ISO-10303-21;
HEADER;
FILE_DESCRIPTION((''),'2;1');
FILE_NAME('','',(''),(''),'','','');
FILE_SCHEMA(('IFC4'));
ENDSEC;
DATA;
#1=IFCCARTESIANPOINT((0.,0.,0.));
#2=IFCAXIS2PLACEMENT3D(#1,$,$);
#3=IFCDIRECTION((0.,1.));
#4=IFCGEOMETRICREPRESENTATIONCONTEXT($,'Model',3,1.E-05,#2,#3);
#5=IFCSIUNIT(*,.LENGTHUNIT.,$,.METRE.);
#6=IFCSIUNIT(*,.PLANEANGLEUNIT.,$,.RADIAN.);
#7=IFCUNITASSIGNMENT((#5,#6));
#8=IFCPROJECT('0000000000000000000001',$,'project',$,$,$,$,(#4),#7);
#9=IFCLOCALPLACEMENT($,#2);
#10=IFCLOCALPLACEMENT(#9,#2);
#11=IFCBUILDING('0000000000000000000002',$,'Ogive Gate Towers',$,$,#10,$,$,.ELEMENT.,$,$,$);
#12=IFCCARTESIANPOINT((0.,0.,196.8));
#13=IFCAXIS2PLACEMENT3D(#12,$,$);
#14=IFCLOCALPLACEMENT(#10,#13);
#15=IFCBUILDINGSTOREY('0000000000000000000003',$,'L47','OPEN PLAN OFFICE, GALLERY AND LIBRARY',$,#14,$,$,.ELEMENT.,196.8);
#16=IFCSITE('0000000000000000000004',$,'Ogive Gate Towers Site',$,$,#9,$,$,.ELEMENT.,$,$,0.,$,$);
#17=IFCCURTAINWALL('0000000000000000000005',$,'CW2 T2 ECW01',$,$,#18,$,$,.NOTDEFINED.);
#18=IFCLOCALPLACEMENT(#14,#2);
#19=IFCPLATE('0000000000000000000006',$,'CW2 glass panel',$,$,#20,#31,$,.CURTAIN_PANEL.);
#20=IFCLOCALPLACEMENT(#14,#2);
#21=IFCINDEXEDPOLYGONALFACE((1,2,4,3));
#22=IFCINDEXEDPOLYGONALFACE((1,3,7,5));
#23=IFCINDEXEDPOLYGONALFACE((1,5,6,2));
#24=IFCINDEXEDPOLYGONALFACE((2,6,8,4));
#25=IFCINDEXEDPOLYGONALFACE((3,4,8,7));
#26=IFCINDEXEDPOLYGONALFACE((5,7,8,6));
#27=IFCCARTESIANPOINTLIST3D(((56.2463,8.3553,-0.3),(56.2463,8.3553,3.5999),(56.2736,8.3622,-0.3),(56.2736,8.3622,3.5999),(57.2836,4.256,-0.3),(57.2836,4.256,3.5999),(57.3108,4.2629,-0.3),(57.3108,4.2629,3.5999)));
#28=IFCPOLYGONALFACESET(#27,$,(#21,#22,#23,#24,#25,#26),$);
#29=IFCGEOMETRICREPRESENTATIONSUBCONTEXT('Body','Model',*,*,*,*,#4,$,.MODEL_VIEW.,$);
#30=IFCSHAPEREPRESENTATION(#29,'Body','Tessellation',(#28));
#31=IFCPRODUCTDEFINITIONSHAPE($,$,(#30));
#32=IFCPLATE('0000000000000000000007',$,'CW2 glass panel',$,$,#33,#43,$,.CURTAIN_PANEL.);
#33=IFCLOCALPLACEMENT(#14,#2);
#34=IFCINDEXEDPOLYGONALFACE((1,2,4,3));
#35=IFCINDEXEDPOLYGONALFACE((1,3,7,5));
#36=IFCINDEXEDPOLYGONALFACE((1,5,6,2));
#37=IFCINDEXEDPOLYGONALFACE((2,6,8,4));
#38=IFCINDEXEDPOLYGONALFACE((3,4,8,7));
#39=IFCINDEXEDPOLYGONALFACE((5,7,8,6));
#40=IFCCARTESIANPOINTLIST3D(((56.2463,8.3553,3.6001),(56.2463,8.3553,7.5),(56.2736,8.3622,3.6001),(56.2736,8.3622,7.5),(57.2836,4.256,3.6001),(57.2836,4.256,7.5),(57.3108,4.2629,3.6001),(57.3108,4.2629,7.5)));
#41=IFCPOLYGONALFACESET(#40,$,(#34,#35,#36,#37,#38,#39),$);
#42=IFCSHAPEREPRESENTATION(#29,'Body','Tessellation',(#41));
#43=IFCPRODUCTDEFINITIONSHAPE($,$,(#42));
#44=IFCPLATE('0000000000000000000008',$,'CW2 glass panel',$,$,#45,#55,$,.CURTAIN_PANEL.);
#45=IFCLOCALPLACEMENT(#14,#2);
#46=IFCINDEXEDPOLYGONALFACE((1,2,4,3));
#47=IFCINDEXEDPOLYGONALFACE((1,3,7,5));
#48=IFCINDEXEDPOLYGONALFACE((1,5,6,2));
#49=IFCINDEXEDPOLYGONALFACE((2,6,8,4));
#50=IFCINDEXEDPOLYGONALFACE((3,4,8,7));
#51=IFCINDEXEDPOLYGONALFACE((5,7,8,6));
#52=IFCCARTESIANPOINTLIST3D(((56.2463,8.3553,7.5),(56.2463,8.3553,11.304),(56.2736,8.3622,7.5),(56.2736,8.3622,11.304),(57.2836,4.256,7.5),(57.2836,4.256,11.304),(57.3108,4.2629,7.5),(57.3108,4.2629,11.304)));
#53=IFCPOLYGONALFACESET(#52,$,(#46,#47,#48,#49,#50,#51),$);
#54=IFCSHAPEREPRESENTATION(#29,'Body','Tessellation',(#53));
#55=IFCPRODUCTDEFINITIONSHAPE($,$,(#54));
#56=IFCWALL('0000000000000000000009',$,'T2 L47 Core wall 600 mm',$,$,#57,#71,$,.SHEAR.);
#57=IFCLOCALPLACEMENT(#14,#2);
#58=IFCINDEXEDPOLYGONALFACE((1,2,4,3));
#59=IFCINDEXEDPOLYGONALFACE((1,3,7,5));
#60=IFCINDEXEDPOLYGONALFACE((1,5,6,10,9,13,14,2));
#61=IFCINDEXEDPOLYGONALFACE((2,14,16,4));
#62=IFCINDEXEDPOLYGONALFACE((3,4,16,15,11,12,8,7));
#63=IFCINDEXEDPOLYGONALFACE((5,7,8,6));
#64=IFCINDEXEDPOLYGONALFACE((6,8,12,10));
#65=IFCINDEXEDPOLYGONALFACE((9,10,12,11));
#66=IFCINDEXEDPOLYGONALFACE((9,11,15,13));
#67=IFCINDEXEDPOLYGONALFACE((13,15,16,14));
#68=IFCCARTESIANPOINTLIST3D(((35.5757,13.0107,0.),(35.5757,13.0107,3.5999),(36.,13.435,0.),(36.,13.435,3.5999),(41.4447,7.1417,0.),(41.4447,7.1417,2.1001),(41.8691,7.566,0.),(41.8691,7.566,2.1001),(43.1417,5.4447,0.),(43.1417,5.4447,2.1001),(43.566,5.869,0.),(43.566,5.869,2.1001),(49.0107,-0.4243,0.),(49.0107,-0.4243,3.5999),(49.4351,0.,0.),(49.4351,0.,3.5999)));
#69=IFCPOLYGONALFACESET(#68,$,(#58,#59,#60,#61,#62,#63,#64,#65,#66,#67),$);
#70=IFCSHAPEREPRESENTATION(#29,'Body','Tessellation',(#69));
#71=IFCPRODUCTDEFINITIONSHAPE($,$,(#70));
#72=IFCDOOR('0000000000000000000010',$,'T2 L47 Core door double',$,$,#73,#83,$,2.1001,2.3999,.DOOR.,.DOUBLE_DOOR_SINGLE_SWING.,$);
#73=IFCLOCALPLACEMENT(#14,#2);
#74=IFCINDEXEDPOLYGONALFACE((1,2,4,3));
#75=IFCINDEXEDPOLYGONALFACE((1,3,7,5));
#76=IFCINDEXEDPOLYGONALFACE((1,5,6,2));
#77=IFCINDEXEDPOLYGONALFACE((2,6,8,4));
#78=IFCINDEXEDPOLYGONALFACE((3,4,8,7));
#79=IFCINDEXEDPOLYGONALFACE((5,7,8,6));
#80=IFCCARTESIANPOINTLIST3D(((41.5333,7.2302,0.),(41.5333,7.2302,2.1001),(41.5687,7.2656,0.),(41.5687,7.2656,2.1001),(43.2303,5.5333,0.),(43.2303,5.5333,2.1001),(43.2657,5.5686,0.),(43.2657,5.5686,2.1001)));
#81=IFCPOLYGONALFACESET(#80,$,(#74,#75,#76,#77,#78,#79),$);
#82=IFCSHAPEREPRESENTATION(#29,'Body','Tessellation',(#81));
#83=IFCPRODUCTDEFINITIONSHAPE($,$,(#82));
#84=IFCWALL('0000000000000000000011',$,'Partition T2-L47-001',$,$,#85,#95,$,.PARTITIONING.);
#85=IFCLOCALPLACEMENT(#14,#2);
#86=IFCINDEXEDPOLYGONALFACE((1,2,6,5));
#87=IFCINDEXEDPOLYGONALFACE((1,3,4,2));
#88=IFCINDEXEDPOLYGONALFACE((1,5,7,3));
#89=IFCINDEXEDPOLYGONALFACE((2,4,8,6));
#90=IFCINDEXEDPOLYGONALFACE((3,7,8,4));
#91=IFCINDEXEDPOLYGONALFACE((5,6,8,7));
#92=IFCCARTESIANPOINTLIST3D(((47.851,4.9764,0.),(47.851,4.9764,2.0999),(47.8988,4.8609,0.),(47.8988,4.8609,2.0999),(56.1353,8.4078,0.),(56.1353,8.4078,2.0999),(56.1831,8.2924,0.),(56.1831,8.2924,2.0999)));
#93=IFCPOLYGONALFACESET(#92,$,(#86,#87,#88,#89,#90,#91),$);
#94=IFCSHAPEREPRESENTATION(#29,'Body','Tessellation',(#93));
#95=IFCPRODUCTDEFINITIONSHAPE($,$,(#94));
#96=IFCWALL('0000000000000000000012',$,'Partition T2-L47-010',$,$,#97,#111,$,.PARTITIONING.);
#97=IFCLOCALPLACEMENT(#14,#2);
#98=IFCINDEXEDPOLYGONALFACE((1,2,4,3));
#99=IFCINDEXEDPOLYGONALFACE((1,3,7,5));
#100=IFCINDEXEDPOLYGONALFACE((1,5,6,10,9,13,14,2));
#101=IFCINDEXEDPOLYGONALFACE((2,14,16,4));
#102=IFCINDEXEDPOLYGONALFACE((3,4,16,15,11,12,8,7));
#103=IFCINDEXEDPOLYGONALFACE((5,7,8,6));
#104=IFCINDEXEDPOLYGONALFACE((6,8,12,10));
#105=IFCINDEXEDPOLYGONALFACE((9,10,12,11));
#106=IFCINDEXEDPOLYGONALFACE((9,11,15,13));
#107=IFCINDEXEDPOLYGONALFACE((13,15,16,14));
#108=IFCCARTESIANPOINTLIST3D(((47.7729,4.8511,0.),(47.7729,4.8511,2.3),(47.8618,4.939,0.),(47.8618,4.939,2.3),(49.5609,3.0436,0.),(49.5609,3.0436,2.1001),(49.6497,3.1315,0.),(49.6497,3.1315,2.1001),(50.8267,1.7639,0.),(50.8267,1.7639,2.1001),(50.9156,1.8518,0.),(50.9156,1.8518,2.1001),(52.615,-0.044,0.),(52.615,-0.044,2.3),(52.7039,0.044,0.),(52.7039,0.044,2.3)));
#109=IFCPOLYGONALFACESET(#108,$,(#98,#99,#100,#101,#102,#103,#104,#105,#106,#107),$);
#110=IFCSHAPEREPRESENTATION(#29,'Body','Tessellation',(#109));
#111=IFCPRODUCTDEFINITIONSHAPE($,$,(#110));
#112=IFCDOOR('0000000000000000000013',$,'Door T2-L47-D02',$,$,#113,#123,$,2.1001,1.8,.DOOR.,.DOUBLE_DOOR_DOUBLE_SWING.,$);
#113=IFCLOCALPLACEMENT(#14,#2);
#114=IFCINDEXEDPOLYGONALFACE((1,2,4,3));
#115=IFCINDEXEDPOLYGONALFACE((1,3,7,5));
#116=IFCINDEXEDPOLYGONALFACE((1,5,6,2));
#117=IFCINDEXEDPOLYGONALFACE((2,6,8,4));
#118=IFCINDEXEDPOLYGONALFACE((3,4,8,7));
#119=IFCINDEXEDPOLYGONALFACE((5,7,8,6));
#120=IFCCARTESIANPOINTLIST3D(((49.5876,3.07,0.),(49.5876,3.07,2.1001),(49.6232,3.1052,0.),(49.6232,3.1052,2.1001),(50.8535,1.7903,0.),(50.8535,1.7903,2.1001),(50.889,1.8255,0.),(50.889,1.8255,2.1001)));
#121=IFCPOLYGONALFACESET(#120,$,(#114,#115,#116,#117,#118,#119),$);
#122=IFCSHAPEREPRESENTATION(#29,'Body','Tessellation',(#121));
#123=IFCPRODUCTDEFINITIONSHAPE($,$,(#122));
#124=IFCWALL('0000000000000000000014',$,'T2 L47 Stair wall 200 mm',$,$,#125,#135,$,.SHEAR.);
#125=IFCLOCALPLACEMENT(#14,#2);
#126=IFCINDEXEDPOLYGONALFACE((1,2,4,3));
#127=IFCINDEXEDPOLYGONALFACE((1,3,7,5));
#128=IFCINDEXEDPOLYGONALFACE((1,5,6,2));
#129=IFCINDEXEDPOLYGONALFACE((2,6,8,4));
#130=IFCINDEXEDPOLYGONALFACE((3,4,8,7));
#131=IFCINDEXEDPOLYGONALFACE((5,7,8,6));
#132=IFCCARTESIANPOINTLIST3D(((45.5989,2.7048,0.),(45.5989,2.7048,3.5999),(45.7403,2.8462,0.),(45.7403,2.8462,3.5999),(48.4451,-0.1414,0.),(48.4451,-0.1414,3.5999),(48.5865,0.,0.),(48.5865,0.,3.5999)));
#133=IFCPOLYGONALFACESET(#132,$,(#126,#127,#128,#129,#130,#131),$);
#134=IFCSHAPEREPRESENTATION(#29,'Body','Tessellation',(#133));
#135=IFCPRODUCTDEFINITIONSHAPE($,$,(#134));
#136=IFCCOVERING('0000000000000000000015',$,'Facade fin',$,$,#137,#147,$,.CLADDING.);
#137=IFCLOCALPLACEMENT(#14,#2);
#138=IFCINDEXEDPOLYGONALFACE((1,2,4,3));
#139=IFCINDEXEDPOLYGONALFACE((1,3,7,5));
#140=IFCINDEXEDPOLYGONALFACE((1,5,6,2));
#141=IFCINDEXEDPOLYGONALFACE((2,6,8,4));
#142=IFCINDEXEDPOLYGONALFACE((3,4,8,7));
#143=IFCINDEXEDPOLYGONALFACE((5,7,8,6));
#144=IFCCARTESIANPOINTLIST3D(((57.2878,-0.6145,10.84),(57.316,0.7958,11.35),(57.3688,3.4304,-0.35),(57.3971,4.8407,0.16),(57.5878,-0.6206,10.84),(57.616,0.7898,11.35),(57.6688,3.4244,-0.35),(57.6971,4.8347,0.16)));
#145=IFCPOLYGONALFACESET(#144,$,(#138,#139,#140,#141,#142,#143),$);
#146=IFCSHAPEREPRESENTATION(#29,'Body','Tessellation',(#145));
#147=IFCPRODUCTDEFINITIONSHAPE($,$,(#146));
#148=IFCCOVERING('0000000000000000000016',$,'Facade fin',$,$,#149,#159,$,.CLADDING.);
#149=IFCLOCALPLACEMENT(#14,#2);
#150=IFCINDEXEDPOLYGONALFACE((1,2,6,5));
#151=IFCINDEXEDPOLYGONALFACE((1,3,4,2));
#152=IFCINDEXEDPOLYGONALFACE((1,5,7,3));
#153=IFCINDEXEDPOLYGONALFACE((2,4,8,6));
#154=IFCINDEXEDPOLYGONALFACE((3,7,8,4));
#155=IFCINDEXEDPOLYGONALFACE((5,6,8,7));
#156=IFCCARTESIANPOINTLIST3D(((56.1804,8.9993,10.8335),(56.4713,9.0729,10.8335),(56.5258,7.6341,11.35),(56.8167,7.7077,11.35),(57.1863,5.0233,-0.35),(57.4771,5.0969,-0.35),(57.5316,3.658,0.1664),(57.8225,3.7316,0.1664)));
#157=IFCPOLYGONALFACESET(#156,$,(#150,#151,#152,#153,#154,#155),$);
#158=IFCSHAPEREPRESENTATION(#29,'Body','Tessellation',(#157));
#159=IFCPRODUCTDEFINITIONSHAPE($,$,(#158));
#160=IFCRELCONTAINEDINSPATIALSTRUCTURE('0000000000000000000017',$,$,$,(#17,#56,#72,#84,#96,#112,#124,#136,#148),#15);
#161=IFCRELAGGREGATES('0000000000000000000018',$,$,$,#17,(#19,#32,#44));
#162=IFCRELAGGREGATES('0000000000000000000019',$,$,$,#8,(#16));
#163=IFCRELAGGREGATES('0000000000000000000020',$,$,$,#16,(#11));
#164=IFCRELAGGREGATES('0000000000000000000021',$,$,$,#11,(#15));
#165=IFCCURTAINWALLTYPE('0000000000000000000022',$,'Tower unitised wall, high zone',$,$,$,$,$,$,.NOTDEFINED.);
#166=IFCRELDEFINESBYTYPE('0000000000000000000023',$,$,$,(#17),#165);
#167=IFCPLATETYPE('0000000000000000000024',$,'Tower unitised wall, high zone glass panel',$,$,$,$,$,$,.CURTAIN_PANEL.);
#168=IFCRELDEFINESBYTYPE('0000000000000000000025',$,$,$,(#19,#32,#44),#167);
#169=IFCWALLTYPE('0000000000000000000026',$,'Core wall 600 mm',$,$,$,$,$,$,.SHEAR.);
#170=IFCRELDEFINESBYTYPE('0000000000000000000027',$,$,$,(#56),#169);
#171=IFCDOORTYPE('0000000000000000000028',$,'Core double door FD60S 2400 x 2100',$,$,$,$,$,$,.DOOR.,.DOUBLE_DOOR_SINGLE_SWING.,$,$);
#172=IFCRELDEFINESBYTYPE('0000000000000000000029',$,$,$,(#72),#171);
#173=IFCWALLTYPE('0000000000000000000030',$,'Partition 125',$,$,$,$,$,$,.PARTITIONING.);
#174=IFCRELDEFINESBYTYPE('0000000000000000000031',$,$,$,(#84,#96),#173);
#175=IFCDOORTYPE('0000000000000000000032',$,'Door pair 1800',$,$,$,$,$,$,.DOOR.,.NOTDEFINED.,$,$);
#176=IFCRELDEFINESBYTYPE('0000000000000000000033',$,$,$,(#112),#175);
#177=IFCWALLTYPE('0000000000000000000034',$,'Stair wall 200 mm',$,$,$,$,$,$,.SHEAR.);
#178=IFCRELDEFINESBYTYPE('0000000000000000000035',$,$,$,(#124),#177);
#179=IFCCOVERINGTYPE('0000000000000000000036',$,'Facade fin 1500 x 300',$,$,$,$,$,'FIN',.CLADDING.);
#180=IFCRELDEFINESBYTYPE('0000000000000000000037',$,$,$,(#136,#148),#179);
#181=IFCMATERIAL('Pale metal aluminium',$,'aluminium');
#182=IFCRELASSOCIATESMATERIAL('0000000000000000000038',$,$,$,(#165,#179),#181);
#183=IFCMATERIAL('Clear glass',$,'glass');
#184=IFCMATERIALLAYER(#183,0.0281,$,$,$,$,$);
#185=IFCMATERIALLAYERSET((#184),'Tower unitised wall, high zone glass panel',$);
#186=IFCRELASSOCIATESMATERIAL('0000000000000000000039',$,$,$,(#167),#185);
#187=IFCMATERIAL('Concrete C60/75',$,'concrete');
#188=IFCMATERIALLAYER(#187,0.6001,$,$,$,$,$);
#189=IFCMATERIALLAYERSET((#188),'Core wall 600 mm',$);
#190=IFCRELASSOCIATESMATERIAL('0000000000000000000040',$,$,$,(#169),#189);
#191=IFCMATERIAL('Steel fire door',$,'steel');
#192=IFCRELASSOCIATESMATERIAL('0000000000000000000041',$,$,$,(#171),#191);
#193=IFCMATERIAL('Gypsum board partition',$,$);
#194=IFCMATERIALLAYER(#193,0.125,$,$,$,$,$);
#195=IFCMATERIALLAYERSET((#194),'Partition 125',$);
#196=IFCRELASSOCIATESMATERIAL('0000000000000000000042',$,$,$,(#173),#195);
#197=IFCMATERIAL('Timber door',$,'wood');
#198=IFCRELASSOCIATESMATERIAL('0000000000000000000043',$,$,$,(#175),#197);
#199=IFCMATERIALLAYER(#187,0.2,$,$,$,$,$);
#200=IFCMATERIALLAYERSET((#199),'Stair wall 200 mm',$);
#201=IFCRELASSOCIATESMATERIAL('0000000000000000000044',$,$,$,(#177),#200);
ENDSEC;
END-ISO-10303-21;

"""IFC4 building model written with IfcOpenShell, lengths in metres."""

from ifc_helpers import new_model, si_unit, direction, frame, frame_2d, origin, origin_2d, place, context, subcontext, project, spatial, rectangle, extrude, material, layer, layer_set, material_profile, profile_set, type_object, element, fill, aggregate, save


model = new_model("IFC4")

# Units and contexts
model_context = context("Model", 3, precision=1e-05, world=origin(), true_north=direction((0.0, 1.0)))
body_context = subcontext(model_context, "Body", "Model", "MODEL_VIEW")
ifc_project = project(units=[si_unit("LENGTHUNIT", "METRE"), si_unit("PLANEANGLEUNIT", "RADIAN")], contexts=[model_context])

# Site, building, storey
site_placement = place(None, origin())
site = spatial("IfcSite", under=ifc_project, at=site_placement, Name="Ogive Gate Towers Site", CompositionType="ELEMENT", RefElevation=0.0)
building_placement = place(site_placement, origin())
building = spatial("IfcBuilding", under=site, at=building_placement, Name="Ogive Gate Towers", CompositionType="ELEMENT")
storey_placement = place(building_placement, frame((0.0, 0.0, 196.8)))
storey = spatial("IfcBuildingStorey", under=building, at=storey_placement, Name="L47", Description="OPEN PLAN OFFICE, GALLERY AND LIBRARY", CompositionType="ELEMENT", Elevation=196.8)

# Curtain wall, plates
ifc_material_1 = material(Name="Pale metal aluminium", Category="aluminium")
curtain_wall_type = type_object("IfcCurtainWallType", Name="Tower unitised wall, high zone", PredefinedType="NOTDEFINED", material=ifc_material_1)
curtain_wall_placement = place(storey_placement, origin())
curtain_wall = element("IfcCurtainWall", 1, at=curtain_wall_placement, inside=storey, type_object=curtain_wall_type, Name="CW2 T2 ECW01", PredefinedType="NOTDEFINED")
ifc_material_2 = material(Name="Clear glass", Category="glass")
ifc_layer_1 = layer(ifc_material_2, 0.0281)
ifc_layer_set_1 = layer_set([ifc_layer_1], Name="Tower unitised wall, high zone glass panel")
plate_type = type_object("IfcPlateType", Name="Tower unitised wall, high zone glass panel", PredefinedType="CURTAIN_PANEL", material=ifc_layer_set_1)
plate_1_placement = place(storey_placement, frame((56.7786, 6.3091, -0.3), z_axis=(0.0, 0.0, 1.0), x_axis=(-0.24529, 0.96945, 0.0)))
plate_1 = element("IfcPlate", 2, at=plate_1_placement, type_object=plate_type, Name="CW2 glass panel", PredefinedType="CURTAIN_PANEL", context=body_context, shape_type="SweptSolid", body=[
    extrude(rectangle(XDim=4.2285, YDim=0.0281, at=origin_2d()), origin(), (0.0, 0.0, 1.0), 3.8999),
])
plate_2_placement = place(storey_placement, frame((56.7786, 6.3091, 3.6001), z_axis=(0.0, 0.0, 1.0), x_axis=(-0.24529, 0.96945, 0.0)))
plate_2 = element("IfcPlate", 3, at=plate_2_placement, type_object=plate_type, Name="CW2 glass panel", PredefinedType="CURTAIN_PANEL", context=body_context, shape_type="SweptSolid", body=[
    extrude(rectangle(XDim=4.2285, YDim=0.0281, at=origin_2d()), origin(), (0.0, 0.0, 1.0), 3.8999),
])
plate_3_placement = place(storey_placement, frame((56.7786, 6.3091, 7.5), z_axis=(0.0, 0.0, 1.0), x_axis=(-0.24529, 0.96945, 0.0)))
plate_3 = element("IfcPlate", 4, at=plate_3_placement, type_object=plate_type, Name="CW2 glass panel", PredefinedType="CURTAIN_PANEL", context=body_context, shape_type="SweptSolid", body=[
    extrude(rectangle(XDim=4.2285, YDim=0.0281, at=origin_2d()), origin(), (0.0, 0.0, 1.0), 3.804),
])
aggregate(curtain_wall, [plate_1, plate_2, plate_3])

# Wall, opening, door
ifc_material_3 = material(Name="Concrete C60/75", Category="concrete")
ifc_layer_2 = layer(ifc_material_3, 0.6001)
ifc_layer_set_2 = layer_set([ifc_layer_2], Name="Core wall 600 mm")
wall_type_1 = type_object("IfcWallType", Name="Core wall 600 mm", PredefinedType="SHEAR", material=ifc_layer_set_2)
wall_1_placement = place(storey_placement, frame((49.2229, -0.2122, 0.0), z_axis=(0.0, 0.0, 1.0), x_axis=(-0.707107, 0.707107, 0.0)))
wall_1 = element("IfcWall", 5, at=wall_1_placement, inside=storey, type_object=wall_type_1, Name="T2 L47 Core wall 600 mm", PredefinedType="SHEAR", context=body_context, shape_type="SweptSolid", body=[
    extrude(rectangle(XDim=19.0, YDim=0.6001, at=frame_2d((9.5, 0.0))), origin(), (0.0, 0.0, 1.0), 3.5999),
])
opening_1_placement = place(wall_1_placement, frame((8.3, 0.0, 0.0)))
opening_1 = element("IfcOpeningElement", 6, at=opening_1_placement, cuts=wall_1, PredefinedType="OPENING", context=body_context, shape_type="SweptSolid", body=[
    extrude(rectangle(XDim=2.3999, YDim=2.1001, at=frame_2d((1.2, 1.05))), frame((0.0, 0.3101, 0.0), z_axis=(0.0, -1.0, 0.0), x_axis=(1.0, 0.0, 0.0)), (0.0, 0.0, 1.0), 0.6201),
])
ifc_material_4 = material(Name="Steel fire door", Category="steel")
door_type_1 = type_object("IfcDoorType", Name="Core double door FD60S 2400 x 2100", OperationType="DOUBLE_DOOR_SINGLE_SWING", PredefinedType="DOOR", material=ifc_material_4)
door_1_placement = place(opening_1_placement, origin())
door_1 = element("IfcDoor", 7, at=door_1_placement, inside=storey, type_object=door_type_1, Name="T2 L47 Core door double", OperationType="DOUBLE_DOOR_SINGLE_SWING", OverallHeight=2.1001, OverallWidth=2.3999, PredefinedType="DOOR", context=body_context, shape_type="SweptSolid", body=[
    extrude(rectangle(XDim=2.3999, YDim=2.1001, at=frame_2d((1.2, 1.05))), frame((0.0, 0.1748, 0.0), z_axis=(0.0, -1.0, 0.0), x_axis=(1.0, 0.0, 0.0)), (0.0, 0.0, 1.0), 0.05),
])
fill(opening_1, door_1)

# Wall
ifc_material_5 = material(Name="Gypsum board partition")
ifc_layer_3 = layer(ifc_material_5, 0.125)
ifc_layer_set_3 = layer_set([ifc_layer_3], Name="Partition 125")
wall_type_2 = type_object("IfcWallType", Name="Partition 125", PredefinedType="PARTITIONING", material=ifc_layer_set_3)
wall_2_placement = place(storey_placement, frame((56.1592, 8.3501, 0.0), z_axis=(0.0, 0.0, 1.0), x_axis=(-0.92388, -0.382681, 0.0)))
element("IfcWall", 8, at=wall_2_placement, inside=storey, type_object=wall_type_2, Name="Partition T2-L47-001", PredefinedType="PARTITIONING", context=body_context, shape_type="SweptSolid", body=[
    extrude(rectangle(XDim=8.9668, YDim=0.125, at=frame_2d((4.4834, 0.0))), origin(), (0.0, 0.0, 1.0), 2.0999),
])

# Wall, opening, door
wall_3_placement = place(storey_placement, frame((52.6594, 0.0, 0.0), z_axis=(0.0, 0.0, 1.0), x_axis=(-0.703249, 0.710944, 0.0)))
wall_3 = element("IfcWall", 9, at=wall_3_placement, inside=storey, type_object=wall_type_2, Name="Partition T2-L47-010", PredefinedType="PARTITIONING", context=body_context, shape_type="SweptSolid", body=[
    extrude(rectangle(XDim=6.8853, YDim=0.125, at=frame_2d((3.4426, 0.0))), origin(), (0.0, 0.0, 1.0), 2.3),
])
opening_2_placement = place(wall_3_placement, frame((2.543, 0.0, 0.0)))
opening_2 = element("IfcOpeningElement", 10, at=opening_2_placement, cuts=wall_3, PredefinedType="OPENING", context=body_context, shape_type="SweptSolid", body=[
    extrude(rectangle(XDim=1.8, YDim=2.1001, at=frame_2d((0.8999, 1.05))), frame((0.0, 0.0725, 0.0), z_axis=(0.0, -1.0, 0.0), x_axis=(1.0, 0.0, 0.0)), (0.0, 0.0, 1.0), 0.145),
])
ifc_material_6 = material(Name="Timber door", Category="wood")
door_type_2 = type_object("IfcDoorType", Name="Door pair 1800", OperationType="NOTDEFINED", PredefinedType="DOOR", material=ifc_material_6)
door_2_placement = place(opening_2_placement, origin())
door_2 = element("IfcDoor", 11, at=door_2_placement, inside=storey, type_object=door_type_2, Name="Door T2-L47-D02", OperationType="DOUBLE_DOOR_DOUBLE_SWING", OverallHeight=2.1001, OverallWidth=1.8, PredefinedType="DOOR", context=body_context, shape_type="SweptSolid", body=[
    extrude(rectangle(XDim=1.8, YDim=2.1001, at=frame_2d((0.8999, 1.05))), frame((0.0, 0.0249, 0.0), z_axis=(0.0, -1.0, 0.0), x_axis=(1.0, 0.0, 0.0)), (0.0, 0.0, 1.0), 0.05),
])
fill(opening_2, door_2)

# Wall
ifc_layer_4 = layer(ifc_material_3, 0.2)
ifc_layer_set_4 = layer_set([ifc_layer_4], Name="Stair wall 200 mm")
wall_type_3 = type_object("IfcWallType", Name="Stair wall 200 mm", PredefinedType="SHEAR", material=ifc_layer_set_4)
wall_4_placement = place(storey_placement, frame((48.5159, -0.0708, 0.0), z_axis=(0.0, 0.0, 1.0), x_axis=(-0.707107, 0.707107, 0.0)))
element("IfcWall", 12, at=wall_4_placement, inside=storey, type_object=wall_type_3, Name="T2 L47 Stair wall 200 mm", PredefinedType="SHEAR", context=body_context, shape_type="SweptSolid", body=[
    extrude(rectangle(XDim=4.0251, YDim=0.2, at=frame_2d((2.0127, 0.0))), origin(), (0.0, 0.0, 1.0), 3.5999),
])

# Coverings
ifc_material_profile_1 = material_profile(ifc_material_1, rectangle(XDim=0.3, YDim=1.5, at=origin_2d()), Name="1500 x 300 pale metal aluminium")
ifc_profile_set_1 = profile_set([ifc_material_profile_1], Name="Pale metal aluminium")
covering_type = type_object("IfcCoveringType", Name="Facade fin 1500 x 300", ElementType="FIN", PredefinedType="CLADDING", material=ifc_profile_set_1)
covering_1_placement = place(storey_placement, frame((57.533, 4.1326, -0.095), z_axis=(-0.006812, -0.339942, 0.940422), x_axis=(0.999799, -0.020035, 0.0)))
element("IfcCovering", 13, at=covering_1_placement, inside=storey, type_object=covering_type, Name="Facade fin", PredefinedType="CLADDING", context=body_context, shape_type="SweptSolid", body=[
    extrude(rectangle(XDim=0.3, YDim=1.5, at=origin_2d()), origin(), (0.0, 0.0, 1.0), 11.8989),
])
covering_2_placement = place(storey_placement, frame((57.5044, 4.3774, -0.0918), z_axis=(-0.084441, 0.33379, 0.938858), x_axis=(-0.969459, -0.245252, 0.0)))
element("IfcCovering", 14, at=covering_2_placement, inside=storey, type_object=covering_type, Name="Facade fin", PredefinedType="CLADDING", context=body_context, shape_type="SweptSolid", body=[
    extrude(rectangle(XDim=0.3, YDim=1.5, at=origin_2d()), origin(), (0.0, 0.0, 1.0), 11.9119),
])

save(model, "model.ifc")
